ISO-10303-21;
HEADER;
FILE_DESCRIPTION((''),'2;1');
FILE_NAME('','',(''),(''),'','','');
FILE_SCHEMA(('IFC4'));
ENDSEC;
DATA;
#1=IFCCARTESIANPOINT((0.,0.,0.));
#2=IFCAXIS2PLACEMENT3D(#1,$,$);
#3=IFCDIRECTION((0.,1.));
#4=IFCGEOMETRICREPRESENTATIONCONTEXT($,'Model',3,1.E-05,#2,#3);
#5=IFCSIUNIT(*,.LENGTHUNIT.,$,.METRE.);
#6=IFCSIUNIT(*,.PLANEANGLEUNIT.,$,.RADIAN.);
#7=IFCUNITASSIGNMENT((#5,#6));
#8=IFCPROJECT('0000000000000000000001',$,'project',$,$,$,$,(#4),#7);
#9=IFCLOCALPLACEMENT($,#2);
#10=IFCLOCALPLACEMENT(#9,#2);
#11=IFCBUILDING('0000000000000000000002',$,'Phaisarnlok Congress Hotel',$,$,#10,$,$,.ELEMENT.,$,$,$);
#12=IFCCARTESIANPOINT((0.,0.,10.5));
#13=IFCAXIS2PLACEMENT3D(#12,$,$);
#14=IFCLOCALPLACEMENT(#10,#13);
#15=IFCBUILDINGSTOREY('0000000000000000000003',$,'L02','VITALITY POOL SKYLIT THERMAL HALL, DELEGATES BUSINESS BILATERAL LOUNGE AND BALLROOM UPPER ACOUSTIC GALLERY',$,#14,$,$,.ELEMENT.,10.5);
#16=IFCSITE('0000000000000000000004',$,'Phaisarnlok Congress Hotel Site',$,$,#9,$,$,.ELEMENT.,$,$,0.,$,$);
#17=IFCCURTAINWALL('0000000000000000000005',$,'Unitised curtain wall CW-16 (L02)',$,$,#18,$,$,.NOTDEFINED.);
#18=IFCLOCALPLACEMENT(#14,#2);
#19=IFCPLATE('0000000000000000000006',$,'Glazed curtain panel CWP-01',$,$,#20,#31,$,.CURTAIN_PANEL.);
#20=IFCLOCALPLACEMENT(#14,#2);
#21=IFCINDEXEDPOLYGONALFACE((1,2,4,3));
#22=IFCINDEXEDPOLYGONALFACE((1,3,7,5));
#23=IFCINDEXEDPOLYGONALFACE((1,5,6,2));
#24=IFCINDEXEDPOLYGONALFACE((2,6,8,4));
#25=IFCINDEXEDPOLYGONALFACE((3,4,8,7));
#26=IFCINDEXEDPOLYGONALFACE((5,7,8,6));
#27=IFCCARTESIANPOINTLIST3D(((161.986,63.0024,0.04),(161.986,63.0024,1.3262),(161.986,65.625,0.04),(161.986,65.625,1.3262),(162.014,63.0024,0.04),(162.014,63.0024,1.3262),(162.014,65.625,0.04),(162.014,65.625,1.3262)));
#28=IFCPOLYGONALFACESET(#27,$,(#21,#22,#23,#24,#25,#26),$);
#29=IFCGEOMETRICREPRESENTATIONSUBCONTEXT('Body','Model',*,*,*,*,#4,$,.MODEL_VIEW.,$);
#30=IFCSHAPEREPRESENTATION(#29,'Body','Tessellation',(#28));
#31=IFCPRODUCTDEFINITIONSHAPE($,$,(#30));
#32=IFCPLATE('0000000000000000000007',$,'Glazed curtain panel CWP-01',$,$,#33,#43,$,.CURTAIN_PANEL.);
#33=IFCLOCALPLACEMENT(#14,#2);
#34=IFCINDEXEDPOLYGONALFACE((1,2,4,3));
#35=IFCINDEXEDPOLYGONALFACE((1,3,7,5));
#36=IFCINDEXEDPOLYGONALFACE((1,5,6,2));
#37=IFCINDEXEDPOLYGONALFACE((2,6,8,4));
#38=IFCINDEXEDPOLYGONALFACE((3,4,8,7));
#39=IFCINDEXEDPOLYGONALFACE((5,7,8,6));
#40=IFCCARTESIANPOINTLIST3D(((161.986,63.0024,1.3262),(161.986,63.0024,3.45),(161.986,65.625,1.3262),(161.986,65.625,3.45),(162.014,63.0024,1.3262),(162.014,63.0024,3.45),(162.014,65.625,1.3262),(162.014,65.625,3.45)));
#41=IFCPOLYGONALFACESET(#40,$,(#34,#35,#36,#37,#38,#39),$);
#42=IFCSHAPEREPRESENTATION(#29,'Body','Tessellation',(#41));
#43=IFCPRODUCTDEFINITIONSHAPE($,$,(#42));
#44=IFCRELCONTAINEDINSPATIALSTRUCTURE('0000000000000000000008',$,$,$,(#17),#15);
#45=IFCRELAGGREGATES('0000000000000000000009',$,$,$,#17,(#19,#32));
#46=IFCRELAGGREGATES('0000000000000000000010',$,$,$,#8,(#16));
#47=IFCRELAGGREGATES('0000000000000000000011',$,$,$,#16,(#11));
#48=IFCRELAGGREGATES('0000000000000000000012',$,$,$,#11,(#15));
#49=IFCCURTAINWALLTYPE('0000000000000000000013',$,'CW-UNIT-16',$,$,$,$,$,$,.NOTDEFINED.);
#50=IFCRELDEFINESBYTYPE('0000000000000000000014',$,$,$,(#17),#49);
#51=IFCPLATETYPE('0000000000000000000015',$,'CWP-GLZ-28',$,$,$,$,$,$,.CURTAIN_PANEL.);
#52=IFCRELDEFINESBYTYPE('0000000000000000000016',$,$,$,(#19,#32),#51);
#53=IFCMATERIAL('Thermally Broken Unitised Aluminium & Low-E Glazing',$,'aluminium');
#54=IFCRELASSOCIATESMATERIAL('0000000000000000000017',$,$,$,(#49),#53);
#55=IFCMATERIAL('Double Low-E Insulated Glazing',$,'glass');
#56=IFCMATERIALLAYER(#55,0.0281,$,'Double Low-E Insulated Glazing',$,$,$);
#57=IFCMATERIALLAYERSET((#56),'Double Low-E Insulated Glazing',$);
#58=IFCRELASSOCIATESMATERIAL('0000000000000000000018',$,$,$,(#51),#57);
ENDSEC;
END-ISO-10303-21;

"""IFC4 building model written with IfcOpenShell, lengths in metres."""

from ifc_helpers import new_model, si_unit, direction, frame, frame_2d, origin, place, context, subcontext, project, spatial, rectangle, extrude, material, layer, layer_set, type_object, element, aggregate, save


model = new_model("IFC4")

# Units and contexts
model_context = context("Model", 3, precision=1e-05, world=origin(), true_north=direction((0.0, 1.0)))
body_context = subcontext(model_context, "Body", "Model", "MODEL_VIEW")
ifc_project = project(units=[si_unit("LENGTHUNIT", "METRE"), si_unit("PLANEANGLEUNIT", "RADIAN")], contexts=[model_context])

# Site, building, storey
site_placement = place(None, origin())
site = spatial("IfcSite", under=ifc_project, at=site_placement, Name="Phaisarnlok Congress Hotel Site", CompositionType="ELEMENT", RefElevation=0.0)
building_placement = place(site_placement, origin())
building = spatial("IfcBuilding", under=site, at=building_placement, Name="Phaisarnlok Congress Hotel", CompositionType="ELEMENT")
storey_placement = place(building_placement, frame((0.0, 0.0, 10.5)))
storey = spatial("IfcBuildingStorey", under=building, at=storey_placement, Name="L02", Description="VITALITY POOL SKYLIT THERMAL HALL, DELEGATES BUSINESS BILATERAL LOUNGE AND BALLROOM UPPER ACOUSTIC GALLERY", CompositionType="ELEMENT", Elevation=10.5)

# Curtain wall
ifc_material_1 = material(Name="Thermally Broken Unitised Aluminium & Low-E Glazing", Category="aluminium")
curtain_wall_type_1 = type_object("IfcCurtainWallType", Name="CW-UNIT-16", PredefinedType="NOTDEFINED", material=ifc_material_1)
curtain_wall_1_placement = place(storey_placement, origin())
curtain_wall_1 = element("IfcCurtainWall", 1, at=curtain_wall_1_placement, inside=storey, type_object=curtain_wall_type_1, Name="Unitised curtain wall CW-16 (L02)", PredefinedType="NOTDEFINED")

# Plates
ifc_material_2 = material(Name="Double Low-E Insulated Glazing", Category="glass")
ifc_layer = layer(ifc_material_2, 0.0281, Name="Double Low-E Insulated Glazing")
ifc_layer_set = layer_set([ifc_layer], Name="Double Low-E Insulated Glazing")
plate_type = type_object("IfcPlateType", Name="CWP-GLZ-28", PredefinedType="CURTAIN_PANEL", material=ifc_layer_set)
plate_1_placement = place(storey_placement, frame((162.0, 65.625, 0.04), z_axis=(0.0, 0.0, 1.0), x_axis=(0.0, -1.0, 0.0)))
plate_1 = element("IfcPlate", 2, at=plate_1_placement, type_object=plate_type, Name="Glazed curtain panel CWP-01", PredefinedType="CURTAIN_PANEL", context=body_context, shape_type="SweptSolid", body=[
    extrude(rectangle(XDim=2.6226, YDim=0.0281, at=frame_2d((1.3113, 0.0))), origin(), (0.0, 0.0, 1.0), 1.2861),
])
plate_2_placement = place(storey_placement, frame((162.0, 65.625, 1.3262), z_axis=(0.0, 0.0, 1.0), x_axis=(0.0, -1.0, 0.0)))
plate_2 = element("IfcPlate", 3, at=plate_2_placement, type_object=plate_type, Name="Glazed curtain panel CWP-01", PredefinedType="CURTAIN_PANEL", context=body_context, shape_type="SweptSolid", body=[
    extrude(rectangle(XDim=2.6226, YDim=0.0281, at=frame_2d((1.3113, 0.0))), origin(), (0.0, 0.0, 1.0), 2.1238),
])
aggregate(curtain_wall_1, [plate_1, plate_2])

save(model, "model.ifc")
